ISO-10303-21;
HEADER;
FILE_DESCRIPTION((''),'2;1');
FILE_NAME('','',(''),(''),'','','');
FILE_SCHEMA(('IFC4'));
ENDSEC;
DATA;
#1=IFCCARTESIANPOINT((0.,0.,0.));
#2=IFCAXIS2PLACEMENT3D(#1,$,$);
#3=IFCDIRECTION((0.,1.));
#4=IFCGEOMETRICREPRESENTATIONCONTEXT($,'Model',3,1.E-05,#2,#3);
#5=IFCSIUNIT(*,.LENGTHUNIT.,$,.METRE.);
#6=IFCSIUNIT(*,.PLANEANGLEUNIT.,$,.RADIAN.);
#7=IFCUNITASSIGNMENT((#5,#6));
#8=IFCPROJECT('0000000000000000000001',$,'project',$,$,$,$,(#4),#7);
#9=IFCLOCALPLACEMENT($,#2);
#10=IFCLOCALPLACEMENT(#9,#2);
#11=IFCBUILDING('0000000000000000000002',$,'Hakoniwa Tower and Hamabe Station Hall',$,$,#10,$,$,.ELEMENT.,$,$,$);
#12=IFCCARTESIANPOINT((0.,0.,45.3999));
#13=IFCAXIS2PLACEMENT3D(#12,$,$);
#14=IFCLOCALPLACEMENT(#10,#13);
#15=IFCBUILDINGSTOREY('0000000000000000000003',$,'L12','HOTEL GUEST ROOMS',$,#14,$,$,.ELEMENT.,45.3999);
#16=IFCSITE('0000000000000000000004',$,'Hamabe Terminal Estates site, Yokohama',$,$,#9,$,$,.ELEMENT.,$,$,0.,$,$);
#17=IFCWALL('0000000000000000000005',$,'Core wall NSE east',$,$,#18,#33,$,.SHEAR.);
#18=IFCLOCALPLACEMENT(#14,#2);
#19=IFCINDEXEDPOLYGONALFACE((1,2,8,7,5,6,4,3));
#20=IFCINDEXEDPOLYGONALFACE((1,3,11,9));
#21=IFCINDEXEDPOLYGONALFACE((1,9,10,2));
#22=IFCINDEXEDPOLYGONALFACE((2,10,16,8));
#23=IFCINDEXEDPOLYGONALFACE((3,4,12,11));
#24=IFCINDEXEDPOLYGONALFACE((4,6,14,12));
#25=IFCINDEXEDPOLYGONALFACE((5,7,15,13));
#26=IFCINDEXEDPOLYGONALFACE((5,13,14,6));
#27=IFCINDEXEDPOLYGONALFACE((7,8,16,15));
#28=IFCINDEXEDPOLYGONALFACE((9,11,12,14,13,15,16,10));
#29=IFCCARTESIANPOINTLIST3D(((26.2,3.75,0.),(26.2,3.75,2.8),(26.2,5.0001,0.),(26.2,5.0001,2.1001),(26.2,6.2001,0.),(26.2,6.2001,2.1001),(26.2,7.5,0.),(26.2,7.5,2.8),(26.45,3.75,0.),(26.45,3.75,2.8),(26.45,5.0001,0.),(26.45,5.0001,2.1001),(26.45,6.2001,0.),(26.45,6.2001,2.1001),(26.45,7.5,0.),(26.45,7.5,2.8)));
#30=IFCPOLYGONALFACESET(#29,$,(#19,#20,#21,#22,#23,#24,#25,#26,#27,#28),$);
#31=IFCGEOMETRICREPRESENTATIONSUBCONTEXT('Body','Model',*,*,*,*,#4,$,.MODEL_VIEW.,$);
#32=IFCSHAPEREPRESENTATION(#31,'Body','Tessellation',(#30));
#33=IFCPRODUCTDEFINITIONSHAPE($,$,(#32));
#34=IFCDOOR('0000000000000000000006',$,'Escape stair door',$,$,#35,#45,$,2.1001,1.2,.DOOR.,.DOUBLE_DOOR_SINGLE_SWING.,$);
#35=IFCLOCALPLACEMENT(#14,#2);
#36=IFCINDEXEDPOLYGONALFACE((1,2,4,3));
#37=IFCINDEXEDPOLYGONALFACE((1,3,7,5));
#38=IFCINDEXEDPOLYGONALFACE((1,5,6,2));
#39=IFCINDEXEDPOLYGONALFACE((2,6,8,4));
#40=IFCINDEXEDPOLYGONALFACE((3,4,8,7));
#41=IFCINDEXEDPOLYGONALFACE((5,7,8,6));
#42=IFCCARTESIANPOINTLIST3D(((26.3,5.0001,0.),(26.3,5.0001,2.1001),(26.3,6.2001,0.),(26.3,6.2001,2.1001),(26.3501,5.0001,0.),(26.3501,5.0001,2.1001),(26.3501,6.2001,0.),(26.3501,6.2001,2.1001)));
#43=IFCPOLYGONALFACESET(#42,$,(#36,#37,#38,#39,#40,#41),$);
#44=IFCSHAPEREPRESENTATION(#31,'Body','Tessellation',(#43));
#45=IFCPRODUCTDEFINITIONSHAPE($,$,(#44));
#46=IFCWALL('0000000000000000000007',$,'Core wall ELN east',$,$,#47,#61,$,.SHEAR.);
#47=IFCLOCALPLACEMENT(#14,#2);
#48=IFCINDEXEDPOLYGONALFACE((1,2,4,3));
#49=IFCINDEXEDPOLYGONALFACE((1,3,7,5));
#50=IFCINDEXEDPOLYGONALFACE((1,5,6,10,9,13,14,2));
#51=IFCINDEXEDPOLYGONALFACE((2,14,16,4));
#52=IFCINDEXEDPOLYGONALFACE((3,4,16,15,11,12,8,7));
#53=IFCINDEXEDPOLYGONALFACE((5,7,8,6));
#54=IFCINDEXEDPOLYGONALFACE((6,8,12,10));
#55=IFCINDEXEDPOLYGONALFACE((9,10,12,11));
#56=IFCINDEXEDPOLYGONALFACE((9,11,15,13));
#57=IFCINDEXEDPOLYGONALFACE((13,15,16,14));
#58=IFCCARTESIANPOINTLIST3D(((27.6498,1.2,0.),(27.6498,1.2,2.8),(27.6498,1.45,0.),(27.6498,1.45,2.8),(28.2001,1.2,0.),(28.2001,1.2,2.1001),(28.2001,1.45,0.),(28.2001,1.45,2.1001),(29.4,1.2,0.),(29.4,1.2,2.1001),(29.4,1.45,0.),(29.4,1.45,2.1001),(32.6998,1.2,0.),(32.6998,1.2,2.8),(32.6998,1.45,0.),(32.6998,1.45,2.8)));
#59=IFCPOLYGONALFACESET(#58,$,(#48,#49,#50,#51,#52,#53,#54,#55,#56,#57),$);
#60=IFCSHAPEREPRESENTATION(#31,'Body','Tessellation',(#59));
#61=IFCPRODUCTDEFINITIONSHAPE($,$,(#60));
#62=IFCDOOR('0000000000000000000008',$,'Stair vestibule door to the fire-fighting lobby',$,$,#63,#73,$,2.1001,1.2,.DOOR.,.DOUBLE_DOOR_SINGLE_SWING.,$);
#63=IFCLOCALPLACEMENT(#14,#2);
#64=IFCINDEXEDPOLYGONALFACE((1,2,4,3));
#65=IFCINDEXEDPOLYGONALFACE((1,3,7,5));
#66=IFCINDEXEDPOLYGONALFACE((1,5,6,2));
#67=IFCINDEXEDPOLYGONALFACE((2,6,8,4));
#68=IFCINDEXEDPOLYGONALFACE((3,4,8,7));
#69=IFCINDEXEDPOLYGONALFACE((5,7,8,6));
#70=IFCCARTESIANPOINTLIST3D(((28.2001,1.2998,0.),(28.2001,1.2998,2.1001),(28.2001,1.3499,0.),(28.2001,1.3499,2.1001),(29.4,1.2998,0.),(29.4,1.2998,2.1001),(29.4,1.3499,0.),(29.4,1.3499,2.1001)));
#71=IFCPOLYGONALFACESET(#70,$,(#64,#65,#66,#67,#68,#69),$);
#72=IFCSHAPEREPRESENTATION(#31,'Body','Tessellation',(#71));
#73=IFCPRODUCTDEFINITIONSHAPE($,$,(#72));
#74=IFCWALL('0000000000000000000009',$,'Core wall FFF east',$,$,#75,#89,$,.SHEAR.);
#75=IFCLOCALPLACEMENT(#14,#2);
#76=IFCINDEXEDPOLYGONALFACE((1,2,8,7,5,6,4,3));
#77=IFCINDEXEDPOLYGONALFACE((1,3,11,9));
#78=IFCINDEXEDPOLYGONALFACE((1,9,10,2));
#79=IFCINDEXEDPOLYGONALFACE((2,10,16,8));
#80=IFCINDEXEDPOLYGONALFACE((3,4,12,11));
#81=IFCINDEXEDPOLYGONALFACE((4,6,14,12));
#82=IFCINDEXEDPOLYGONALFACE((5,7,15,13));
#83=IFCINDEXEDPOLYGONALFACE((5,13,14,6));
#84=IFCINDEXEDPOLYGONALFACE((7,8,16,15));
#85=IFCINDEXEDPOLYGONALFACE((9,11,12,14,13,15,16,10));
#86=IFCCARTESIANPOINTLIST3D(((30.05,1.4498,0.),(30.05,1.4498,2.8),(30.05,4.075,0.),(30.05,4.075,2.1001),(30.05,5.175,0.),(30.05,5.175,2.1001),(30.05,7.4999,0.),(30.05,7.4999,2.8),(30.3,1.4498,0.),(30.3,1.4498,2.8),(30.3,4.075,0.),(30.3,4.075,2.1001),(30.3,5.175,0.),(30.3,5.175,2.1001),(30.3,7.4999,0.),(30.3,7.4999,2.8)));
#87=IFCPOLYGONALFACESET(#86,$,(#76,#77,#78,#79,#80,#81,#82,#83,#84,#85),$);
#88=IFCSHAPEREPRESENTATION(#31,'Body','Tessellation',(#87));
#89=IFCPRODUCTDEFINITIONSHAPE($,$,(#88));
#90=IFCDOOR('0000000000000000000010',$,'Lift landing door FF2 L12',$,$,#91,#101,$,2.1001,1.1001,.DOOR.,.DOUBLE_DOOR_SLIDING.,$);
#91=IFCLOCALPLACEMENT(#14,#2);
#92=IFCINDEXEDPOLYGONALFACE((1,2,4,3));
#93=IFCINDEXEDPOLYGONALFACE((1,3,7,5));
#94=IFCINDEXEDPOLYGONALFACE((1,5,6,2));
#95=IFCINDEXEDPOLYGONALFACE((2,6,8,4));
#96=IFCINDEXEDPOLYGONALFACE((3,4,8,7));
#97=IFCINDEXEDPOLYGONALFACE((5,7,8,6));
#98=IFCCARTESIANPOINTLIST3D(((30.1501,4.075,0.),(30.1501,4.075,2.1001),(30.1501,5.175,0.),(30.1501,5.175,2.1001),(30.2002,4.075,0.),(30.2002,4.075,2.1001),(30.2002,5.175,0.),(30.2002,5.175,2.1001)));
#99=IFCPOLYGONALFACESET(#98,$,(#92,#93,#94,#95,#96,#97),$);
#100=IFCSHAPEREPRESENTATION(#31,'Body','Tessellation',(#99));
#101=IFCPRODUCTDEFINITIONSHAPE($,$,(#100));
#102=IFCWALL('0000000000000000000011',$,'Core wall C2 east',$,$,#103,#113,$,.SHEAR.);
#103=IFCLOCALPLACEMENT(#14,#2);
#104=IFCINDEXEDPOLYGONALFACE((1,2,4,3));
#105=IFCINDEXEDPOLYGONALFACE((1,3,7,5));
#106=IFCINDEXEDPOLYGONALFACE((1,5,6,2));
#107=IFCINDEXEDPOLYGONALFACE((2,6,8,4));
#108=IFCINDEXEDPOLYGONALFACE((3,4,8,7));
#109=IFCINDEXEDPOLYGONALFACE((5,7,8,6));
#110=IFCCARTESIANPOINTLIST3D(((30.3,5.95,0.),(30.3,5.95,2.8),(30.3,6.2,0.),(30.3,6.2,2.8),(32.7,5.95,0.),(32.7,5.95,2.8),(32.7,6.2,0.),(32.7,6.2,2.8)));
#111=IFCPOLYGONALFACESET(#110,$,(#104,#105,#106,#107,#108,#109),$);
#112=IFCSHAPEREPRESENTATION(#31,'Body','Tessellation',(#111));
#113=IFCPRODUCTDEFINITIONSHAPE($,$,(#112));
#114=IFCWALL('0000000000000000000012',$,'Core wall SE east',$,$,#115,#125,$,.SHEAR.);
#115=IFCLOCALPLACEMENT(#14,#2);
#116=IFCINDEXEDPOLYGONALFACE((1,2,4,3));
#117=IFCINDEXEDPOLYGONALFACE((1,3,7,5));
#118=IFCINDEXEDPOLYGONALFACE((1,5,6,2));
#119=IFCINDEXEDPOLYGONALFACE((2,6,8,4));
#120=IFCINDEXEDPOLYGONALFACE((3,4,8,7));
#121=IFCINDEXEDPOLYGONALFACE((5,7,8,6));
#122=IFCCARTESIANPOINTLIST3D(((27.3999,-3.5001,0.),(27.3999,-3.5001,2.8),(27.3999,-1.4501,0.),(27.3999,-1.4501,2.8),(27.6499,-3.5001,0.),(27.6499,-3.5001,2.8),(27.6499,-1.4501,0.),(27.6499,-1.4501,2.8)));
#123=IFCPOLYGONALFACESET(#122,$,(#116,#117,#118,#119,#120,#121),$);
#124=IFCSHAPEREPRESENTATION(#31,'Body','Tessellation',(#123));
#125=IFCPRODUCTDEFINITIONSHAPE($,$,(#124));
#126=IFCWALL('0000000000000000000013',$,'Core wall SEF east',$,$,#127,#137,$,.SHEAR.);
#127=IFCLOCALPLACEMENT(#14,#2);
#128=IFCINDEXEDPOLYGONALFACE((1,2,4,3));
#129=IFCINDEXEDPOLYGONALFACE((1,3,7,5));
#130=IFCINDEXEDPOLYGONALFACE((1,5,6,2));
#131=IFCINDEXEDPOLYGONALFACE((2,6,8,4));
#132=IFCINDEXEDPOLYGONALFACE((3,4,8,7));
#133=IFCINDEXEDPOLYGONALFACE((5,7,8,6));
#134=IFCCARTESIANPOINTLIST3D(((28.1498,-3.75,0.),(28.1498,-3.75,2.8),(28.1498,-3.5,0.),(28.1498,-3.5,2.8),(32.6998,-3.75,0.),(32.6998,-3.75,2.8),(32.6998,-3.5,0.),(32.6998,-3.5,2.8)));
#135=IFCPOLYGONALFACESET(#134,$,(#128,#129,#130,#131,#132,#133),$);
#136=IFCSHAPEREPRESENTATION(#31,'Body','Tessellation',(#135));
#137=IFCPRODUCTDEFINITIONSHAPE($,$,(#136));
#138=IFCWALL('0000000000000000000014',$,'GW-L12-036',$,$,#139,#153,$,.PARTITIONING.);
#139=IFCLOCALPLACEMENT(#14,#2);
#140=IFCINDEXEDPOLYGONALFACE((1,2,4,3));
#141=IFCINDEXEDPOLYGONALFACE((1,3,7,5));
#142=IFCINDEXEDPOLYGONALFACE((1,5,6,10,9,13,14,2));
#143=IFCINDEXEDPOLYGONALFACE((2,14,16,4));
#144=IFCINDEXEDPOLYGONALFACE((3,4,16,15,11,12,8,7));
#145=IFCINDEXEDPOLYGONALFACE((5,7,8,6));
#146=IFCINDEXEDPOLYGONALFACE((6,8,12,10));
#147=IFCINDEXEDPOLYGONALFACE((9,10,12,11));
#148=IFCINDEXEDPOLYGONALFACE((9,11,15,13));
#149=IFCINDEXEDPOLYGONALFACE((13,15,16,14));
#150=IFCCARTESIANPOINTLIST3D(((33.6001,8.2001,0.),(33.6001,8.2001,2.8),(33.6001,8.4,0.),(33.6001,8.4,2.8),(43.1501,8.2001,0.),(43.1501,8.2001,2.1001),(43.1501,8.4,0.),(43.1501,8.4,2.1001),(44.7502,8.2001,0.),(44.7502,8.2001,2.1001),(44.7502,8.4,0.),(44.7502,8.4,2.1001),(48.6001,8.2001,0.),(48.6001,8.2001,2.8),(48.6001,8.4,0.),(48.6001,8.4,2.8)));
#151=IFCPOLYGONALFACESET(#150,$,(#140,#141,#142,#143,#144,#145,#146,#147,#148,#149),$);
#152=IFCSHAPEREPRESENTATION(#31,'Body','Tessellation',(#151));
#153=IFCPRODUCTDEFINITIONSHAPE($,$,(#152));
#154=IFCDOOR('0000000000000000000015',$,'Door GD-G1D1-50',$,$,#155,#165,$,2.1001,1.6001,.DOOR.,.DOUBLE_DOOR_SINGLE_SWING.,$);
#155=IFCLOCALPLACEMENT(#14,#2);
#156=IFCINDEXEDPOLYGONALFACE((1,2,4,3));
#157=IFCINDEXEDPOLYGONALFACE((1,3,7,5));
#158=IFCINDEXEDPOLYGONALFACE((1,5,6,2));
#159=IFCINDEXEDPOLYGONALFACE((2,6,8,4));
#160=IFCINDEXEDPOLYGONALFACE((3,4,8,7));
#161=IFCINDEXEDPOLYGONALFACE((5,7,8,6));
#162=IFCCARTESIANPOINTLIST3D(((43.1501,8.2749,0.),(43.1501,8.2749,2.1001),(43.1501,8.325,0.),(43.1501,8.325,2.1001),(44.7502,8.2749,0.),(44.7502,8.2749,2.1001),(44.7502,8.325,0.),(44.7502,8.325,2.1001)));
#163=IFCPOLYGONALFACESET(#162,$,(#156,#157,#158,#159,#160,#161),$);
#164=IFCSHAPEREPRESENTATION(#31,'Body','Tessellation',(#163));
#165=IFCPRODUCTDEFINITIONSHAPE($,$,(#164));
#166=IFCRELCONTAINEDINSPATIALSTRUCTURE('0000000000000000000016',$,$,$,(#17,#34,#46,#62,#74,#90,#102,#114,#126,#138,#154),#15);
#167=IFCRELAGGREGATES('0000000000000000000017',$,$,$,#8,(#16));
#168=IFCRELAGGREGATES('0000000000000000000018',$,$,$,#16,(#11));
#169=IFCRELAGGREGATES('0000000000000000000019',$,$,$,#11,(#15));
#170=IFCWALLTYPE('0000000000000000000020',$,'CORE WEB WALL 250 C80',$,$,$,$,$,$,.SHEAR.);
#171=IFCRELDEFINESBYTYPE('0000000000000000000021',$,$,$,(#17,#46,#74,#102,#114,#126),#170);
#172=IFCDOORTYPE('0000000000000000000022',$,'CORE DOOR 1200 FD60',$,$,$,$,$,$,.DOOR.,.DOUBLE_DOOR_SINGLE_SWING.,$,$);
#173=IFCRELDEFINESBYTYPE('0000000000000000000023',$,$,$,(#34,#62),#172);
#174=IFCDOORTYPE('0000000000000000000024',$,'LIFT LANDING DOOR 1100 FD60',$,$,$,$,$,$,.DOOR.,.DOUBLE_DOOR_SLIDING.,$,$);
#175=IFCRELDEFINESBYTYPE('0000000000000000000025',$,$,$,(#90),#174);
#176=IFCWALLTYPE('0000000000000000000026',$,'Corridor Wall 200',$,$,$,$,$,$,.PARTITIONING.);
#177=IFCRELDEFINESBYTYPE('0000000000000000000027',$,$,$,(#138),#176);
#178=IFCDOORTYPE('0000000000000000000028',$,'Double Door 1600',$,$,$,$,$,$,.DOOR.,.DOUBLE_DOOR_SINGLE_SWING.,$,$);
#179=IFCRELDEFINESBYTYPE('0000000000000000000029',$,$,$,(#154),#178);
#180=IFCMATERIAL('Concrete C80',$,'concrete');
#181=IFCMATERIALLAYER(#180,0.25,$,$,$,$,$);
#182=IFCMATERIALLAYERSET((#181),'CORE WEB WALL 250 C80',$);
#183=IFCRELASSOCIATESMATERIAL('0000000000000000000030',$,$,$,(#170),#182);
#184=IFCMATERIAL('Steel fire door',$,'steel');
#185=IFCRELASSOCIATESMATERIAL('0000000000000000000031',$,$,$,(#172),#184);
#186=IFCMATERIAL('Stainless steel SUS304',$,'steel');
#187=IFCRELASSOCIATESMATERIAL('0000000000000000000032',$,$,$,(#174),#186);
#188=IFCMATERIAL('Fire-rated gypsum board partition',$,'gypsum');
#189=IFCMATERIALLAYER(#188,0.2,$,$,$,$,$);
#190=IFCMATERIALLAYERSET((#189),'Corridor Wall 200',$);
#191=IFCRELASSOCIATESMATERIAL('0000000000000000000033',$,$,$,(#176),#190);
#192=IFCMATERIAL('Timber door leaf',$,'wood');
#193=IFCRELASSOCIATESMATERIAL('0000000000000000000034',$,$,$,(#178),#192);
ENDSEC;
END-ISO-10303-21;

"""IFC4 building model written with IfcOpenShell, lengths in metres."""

from ifc_helpers import new_model, si_unit, direction, frame, frame_2d, origin, place, context, subcontext, project, spatial, rectangle, extrude, material, layer, layer_set, type_object, element, fill, save


model = new_model("IFC4")

# Units and contexts
model_context = context("Model", 3, precision=1e-05, world=origin(), true_north=direction((0.0, 1.0)))
body_context = subcontext(model_context, "Body", "Model", "MODEL_VIEW")
ifc_project = project(units=[si_unit("LENGTHUNIT", "METRE"), si_unit("PLANEANGLEUNIT", "RADIAN")], contexts=[model_context])

# Site, building, storey
site_placement = place(None, origin())
site = spatial("IfcSite", under=ifc_project, at=site_placement, Name="Hamabe Terminal Estates site, Yokohama", CompositionType="ELEMENT", RefElevation=0.0)
building_placement = place(site_placement, origin())
building = spatial("IfcBuilding", under=site, at=building_placement, Name="Hakoniwa Tower and Hamabe Station Hall", CompositionType="ELEMENT")
storey_placement = place(building_placement, frame((0.0, 0.0, 45.3999)))
storey = spatial("IfcBuildingStorey", under=building, at=storey_placement, Name="L12", Description="HOTEL GUEST ROOMS", CompositionType="ELEMENT", Elevation=45.3999)

# Shared definitions
ifc_material_1 = material(Name="Concrete C80", Category="concrete")
ifc_layer_1 = layer(ifc_material_1, 0.25)
ifc_layer_set_1 = layer_set([ifc_layer_1], Name="CORE WEB WALL 250 C80")
wall_type_1 = type_object("IfcWallType", Name="CORE WEB WALL 250 C80", PredefinedType="SHEAR", material=ifc_layer_set_1)

# Walls, openings, doors
wall_1_placement = place(storey_placement, frame((26.325, 3.75, 0.0), z_axis=(0.0, 0.0, 1.0), x_axis=(0.0, 1.0, 0.0)))
wall_1 = element("IfcWall", 1, at=wall_1_placement, inside=storey, type_object=wall_type_1, Name="Core wall NSE east", PredefinedType="SHEAR", context=body_context, shape_type="SweptSolid", body=[
    extrude(rectangle(XDim=3.75, YDim=0.25, at=frame_2d((1.875, 0.0))), origin(), (0.0, 0.0, 1.0), 2.8),
])
opening_1_placement = place(wall_1_placement, frame((1.25, 0.0, 0.0)))
opening_1 = element("IfcOpeningElement", 2, at=opening_1_placement, cuts=wall_1, PredefinedType="OPENING", context=body_context, shape_type="SweptSolid", body=[
    extrude(rectangle(XDim=1.2, YDim=2.1001, at=frame_2d((0.6001, 1.05))), frame((0.0, 0.135, 0.0), z_axis=(0.0, -1.0, 0.0), x_axis=(1.0, 0.0, 0.0)), (0.0, 0.0, 1.0), 0.27),
])
ifc_material_2 = material(Name="Steel fire door", Category="steel")
door_type_1 = type_object("IfcDoorType", Name="CORE DOOR 1200 FD60", OperationType="DOUBLE_DOOR_SINGLE_SWING", PredefinedType="DOOR", material=ifc_material_2)
door_1_placement = place(opening_1_placement, origin())
door_1 = element("IfcDoor", 3, at=door_1_placement, inside=storey, type_object=door_type_1, Name="Escape stair door", OperationType="DOUBLE_DOOR_SINGLE_SWING", OverallHeight=2.1001, OverallWidth=1.2, PredefinedType="DOOR", context=body_context, shape_type="SweptSolid", body=[
    extrude(rectangle(XDim=1.2, YDim=2.1001, at=frame_2d((0.6001, 1.05))), frame((0.0, 0.0249, 0.0), z_axis=(0.0, -1.0, 0.0), x_axis=(1.0, 0.0, 0.0)), (0.0, 0.0, 1.0), 0.05),
])
fill(opening_1, door_1)
wall_2_placement = place(storey_placement, frame((27.6499, 1.325, 0.0), z_axis=(0.0, 0.0, 1.0), x_axis=(1.0, 0.0, 0.0)))
wall_2 = element("IfcWall", 4, at=wall_2_placement, inside=storey, type_object=wall_type_1, Name="Core wall ELN east", PredefinedType="SHEAR", context=body_context, shape_type="SweptSolid", body=[
    extrude(rectangle(XDim=5.05, YDim=0.25, at=frame_2d((2.5249, 0.0))), origin(), (0.0, 0.0, 1.0), 2.8),
])
opening_2_placement = place(wall_2_placement, frame((0.55, 0.0, 0.0)))
opening_2 = element("IfcOpeningElement", 5, at=opening_2_placement, cuts=wall_2, PredefinedType="OPENING", context=body_context, shape_type="SweptSolid", body=[
    extrude(rectangle(XDim=1.2, YDim=2.1001, at=frame_2d((0.6001, 1.05))), frame((0.0, 0.135, 0.0), z_axis=(0.0, -1.0, 0.0), x_axis=(1.0, 0.0, 0.0)), (0.0, 0.0, 1.0), 0.27),
])
door_2_placement = place(opening_2_placement, origin())
door_2 = element("IfcDoor", 6, at=door_2_placement, inside=storey, type_object=door_type_1, Name="Stair vestibule door to the fire-fighting lobby", OperationType="DOUBLE_DOOR_SINGLE_SWING", OverallHeight=2.1001, OverallWidth=1.2, PredefinedType="DOOR", context=body_context, shape_type="SweptSolid", body=[
    extrude(rectangle(XDim=1.2, YDim=2.1001, at=frame_2d((0.6001, 1.05))), frame((0.0, 0.0249, 0.0), z_axis=(0.0, -1.0, 0.0), x_axis=(1.0, 0.0, 0.0)), (0.0, 0.0, 1.0), 0.05),
])
fill(opening_2, door_2)
wall_3_placement = place(storey_placement, frame((30.175, 1.45, 0.0), z_axis=(0.0, 0.0, 1.0), x_axis=(0.0, 1.0, 0.0)))
wall_3 = element("IfcWall", 7, at=wall_3_placement, inside=storey, type_object=wall_type_1, Name="Core wall FFF east", PredefinedType="SHEAR", context=body_context, shape_type="SweptSolid", body=[
    extrude(rectangle(XDim=6.05, YDim=0.25, at=frame_2d((3.0249, 0.0))), origin(), (0.0, 0.0, 1.0), 2.8),
])
opening_3_placement = place(wall_3_placement, frame((2.625, 0.0, 0.0)))
opening_3 = element("IfcOpeningElement", 8, at=opening_3_placement, cuts=wall_3, PredefinedType="OPENING", context=body_context, shape_type="SweptSolid", body=[
    extrude(rectangle(XDim=1.1001, YDim=2.1001, at=frame_2d((0.55, 1.05))), frame((0.0, 0.135, 0.0), z_axis=(0.0, -1.0, 0.0), x_axis=(1.0, 0.0, 0.0)), (0.0, 0.0, 1.0), 0.27),
])
ifc_material_3 = material(Name="Stainless steel SUS304", Category="steel")
door_type_2 = type_object("IfcDoorType", Name="LIFT LANDING DOOR 1100 FD60", OperationType="DOUBLE_DOOR_SLIDING", PredefinedType="DOOR", material=ifc_material_3)
door_3_placement = place(opening_3_placement, origin())
door_3 = element("IfcDoor", 9, at=door_3_placement, inside=storey, type_object=door_type_2, Name="Lift landing door FF2 L12", OperationType="DOUBLE_DOOR_SLIDING", OverallHeight=2.1001, OverallWidth=1.1001, PredefinedType="DOOR", context=body_context, shape_type="SweptSolid", body=[
    extrude(rectangle(XDim=1.1001, YDim=2.1001, at=frame_2d((0.55, 1.05))), frame((0.0, 0.0249, 0.0), z_axis=(0.0, -1.0, 0.0), x_axis=(1.0, 0.0, 0.0)), (0.0, 0.0, 1.0), 0.05),
])
fill(opening_3, door_3)

# Walls
wall_4_placement = place(storey_placement, frame((30.3, 6.075, 0.0), z_axis=(0.0, 0.0, 1.0), x_axis=(1.0, 0.0, 0.0)))
element("IfcWall", 10, at=wall_4_placement, inside=storey, type_object=wall_type_1, Name="Core wall C2 east", PredefinedType="SHEAR", context=body_context, shape_type="SweptSolid", body=[
    extrude(rectangle(XDim=2.3999, YDim=0.25, at=frame_2d((1.2, 0.0))), origin(), (0.0, 0.0, 1.0), 2.8),
])
wall_5_placement = place(storey_placement, frame((27.5249, -3.5, 0.0), z_axis=(0.0, 0.0, 1.0), x_axis=(0.0, 1.0, 0.0)))
element("IfcWall", 11, at=wall_5_placement, inside=storey, type_object=wall_type_1, Name="Core wall SE east", PredefinedType="SHEAR", context=body_context, shape_type="SweptSolid", body=[
    extrude(rectangle(XDim=2.05, YDim=0.25, at=frame_2d((1.0249, 0.0))), origin(), (0.0, 0.0, 1.0), 2.8),
])
wall_6_placement = place(storey_placement, frame((28.1499, -3.625, 0.0), z_axis=(0.0, 0.0, 1.0), x_axis=(1.0, 0.0, 0.0)))
element("IfcWall", 12, at=wall_6_placement, inside=storey, type_object=wall_type_1, Name="Core wall SEF east", PredefinedType="SHEAR", context=body_context, shape_type="SweptSolid", body=[
    extrude(rectangle(XDim=4.55, YDim=0.25, at=frame_2d((2.2749, 0.0))), origin(), (0.0, 0.0, 1.0), 2.8),
])

# Wall, opening, door
ifc_material_4 = material(Name="Fire-rated gypsum board partition", Category="gypsum")
ifc_layer_2 = layer(ifc_material_4, 0.2)
ifc_layer_set_2 = layer_set([ifc_layer_2], Name="Corridor Wall 200")
wall_type_2 = type_object("IfcWallType", Name="Corridor Wall 200", PredefinedType="PARTITIONING", material=ifc_layer_set_2)
wall_7_placement = place(storey_placement, frame((33.6001, 8.3, 0.0), z_axis=(0.0, 0.0, 1.0), x_axis=(1.0, 0.0, 0.0)))
wall_7 = element("IfcWall", 13, at=wall_7_placement, inside=storey, type_object=wall_type_2, Name="GW-L12-036", PredefinedType="PARTITIONING", context=body_context, shape_type="SweptSolid", body=[
    extrude(rectangle(XDim=15.0, YDim=0.2, at=frame_2d((7.5, 0.0))), origin(), (0.0, 0.0, 1.0), 2.8),
])
opening_4_placement = place(wall_7_placement, frame((9.55, 0.0, 0.0)))
opening_4 = element("IfcOpeningElement", 14, at=opening_4_placement, cuts=wall_7, PredefinedType="OPENING", context=body_context, shape_type="SweptSolid", body=[
    extrude(rectangle(XDim=1.6001, YDim=2.1001, at=frame_2d((0.8, 1.05))), frame((0.0, 0.1099, 0.0), z_axis=(0.0, -1.0, 0.0), x_axis=(1.0, 0.0, 0.0)), (0.0, 0.0, 1.0), 0.22),
])
ifc_material_5 = material(Name="Timber door leaf", Category="wood")
door_type_3 = type_object("IfcDoorType", Name="Double Door 1600", OperationType="DOUBLE_DOOR_SINGLE_SWING", PredefinedType="DOOR", material=ifc_material_5)
door_4_placement = place(opening_4_placement, origin())
door_4 = element("IfcDoor", 15, at=door_4_placement, inside=storey, type_object=door_type_3, Name="Door GD-G1D1-50", OperationType="DOUBLE_DOOR_SINGLE_SWING", OverallHeight=2.1001, OverallWidth=1.6001, PredefinedType="DOOR", context=body_context, shape_type="SweptSolid", body=[
    extrude(rectangle(XDim=1.6001, YDim=2.1001, at=frame_2d((0.8, 1.05))), frame((0.0, 0.0249, 0.0), z_axis=(0.0, -1.0, 0.0), x_axis=(1.0, 0.0, 0.0)), (0.0, 0.0, 1.0), 0.05),
])
fill(opening_4, door_4)

save(model, "model.ifc")
